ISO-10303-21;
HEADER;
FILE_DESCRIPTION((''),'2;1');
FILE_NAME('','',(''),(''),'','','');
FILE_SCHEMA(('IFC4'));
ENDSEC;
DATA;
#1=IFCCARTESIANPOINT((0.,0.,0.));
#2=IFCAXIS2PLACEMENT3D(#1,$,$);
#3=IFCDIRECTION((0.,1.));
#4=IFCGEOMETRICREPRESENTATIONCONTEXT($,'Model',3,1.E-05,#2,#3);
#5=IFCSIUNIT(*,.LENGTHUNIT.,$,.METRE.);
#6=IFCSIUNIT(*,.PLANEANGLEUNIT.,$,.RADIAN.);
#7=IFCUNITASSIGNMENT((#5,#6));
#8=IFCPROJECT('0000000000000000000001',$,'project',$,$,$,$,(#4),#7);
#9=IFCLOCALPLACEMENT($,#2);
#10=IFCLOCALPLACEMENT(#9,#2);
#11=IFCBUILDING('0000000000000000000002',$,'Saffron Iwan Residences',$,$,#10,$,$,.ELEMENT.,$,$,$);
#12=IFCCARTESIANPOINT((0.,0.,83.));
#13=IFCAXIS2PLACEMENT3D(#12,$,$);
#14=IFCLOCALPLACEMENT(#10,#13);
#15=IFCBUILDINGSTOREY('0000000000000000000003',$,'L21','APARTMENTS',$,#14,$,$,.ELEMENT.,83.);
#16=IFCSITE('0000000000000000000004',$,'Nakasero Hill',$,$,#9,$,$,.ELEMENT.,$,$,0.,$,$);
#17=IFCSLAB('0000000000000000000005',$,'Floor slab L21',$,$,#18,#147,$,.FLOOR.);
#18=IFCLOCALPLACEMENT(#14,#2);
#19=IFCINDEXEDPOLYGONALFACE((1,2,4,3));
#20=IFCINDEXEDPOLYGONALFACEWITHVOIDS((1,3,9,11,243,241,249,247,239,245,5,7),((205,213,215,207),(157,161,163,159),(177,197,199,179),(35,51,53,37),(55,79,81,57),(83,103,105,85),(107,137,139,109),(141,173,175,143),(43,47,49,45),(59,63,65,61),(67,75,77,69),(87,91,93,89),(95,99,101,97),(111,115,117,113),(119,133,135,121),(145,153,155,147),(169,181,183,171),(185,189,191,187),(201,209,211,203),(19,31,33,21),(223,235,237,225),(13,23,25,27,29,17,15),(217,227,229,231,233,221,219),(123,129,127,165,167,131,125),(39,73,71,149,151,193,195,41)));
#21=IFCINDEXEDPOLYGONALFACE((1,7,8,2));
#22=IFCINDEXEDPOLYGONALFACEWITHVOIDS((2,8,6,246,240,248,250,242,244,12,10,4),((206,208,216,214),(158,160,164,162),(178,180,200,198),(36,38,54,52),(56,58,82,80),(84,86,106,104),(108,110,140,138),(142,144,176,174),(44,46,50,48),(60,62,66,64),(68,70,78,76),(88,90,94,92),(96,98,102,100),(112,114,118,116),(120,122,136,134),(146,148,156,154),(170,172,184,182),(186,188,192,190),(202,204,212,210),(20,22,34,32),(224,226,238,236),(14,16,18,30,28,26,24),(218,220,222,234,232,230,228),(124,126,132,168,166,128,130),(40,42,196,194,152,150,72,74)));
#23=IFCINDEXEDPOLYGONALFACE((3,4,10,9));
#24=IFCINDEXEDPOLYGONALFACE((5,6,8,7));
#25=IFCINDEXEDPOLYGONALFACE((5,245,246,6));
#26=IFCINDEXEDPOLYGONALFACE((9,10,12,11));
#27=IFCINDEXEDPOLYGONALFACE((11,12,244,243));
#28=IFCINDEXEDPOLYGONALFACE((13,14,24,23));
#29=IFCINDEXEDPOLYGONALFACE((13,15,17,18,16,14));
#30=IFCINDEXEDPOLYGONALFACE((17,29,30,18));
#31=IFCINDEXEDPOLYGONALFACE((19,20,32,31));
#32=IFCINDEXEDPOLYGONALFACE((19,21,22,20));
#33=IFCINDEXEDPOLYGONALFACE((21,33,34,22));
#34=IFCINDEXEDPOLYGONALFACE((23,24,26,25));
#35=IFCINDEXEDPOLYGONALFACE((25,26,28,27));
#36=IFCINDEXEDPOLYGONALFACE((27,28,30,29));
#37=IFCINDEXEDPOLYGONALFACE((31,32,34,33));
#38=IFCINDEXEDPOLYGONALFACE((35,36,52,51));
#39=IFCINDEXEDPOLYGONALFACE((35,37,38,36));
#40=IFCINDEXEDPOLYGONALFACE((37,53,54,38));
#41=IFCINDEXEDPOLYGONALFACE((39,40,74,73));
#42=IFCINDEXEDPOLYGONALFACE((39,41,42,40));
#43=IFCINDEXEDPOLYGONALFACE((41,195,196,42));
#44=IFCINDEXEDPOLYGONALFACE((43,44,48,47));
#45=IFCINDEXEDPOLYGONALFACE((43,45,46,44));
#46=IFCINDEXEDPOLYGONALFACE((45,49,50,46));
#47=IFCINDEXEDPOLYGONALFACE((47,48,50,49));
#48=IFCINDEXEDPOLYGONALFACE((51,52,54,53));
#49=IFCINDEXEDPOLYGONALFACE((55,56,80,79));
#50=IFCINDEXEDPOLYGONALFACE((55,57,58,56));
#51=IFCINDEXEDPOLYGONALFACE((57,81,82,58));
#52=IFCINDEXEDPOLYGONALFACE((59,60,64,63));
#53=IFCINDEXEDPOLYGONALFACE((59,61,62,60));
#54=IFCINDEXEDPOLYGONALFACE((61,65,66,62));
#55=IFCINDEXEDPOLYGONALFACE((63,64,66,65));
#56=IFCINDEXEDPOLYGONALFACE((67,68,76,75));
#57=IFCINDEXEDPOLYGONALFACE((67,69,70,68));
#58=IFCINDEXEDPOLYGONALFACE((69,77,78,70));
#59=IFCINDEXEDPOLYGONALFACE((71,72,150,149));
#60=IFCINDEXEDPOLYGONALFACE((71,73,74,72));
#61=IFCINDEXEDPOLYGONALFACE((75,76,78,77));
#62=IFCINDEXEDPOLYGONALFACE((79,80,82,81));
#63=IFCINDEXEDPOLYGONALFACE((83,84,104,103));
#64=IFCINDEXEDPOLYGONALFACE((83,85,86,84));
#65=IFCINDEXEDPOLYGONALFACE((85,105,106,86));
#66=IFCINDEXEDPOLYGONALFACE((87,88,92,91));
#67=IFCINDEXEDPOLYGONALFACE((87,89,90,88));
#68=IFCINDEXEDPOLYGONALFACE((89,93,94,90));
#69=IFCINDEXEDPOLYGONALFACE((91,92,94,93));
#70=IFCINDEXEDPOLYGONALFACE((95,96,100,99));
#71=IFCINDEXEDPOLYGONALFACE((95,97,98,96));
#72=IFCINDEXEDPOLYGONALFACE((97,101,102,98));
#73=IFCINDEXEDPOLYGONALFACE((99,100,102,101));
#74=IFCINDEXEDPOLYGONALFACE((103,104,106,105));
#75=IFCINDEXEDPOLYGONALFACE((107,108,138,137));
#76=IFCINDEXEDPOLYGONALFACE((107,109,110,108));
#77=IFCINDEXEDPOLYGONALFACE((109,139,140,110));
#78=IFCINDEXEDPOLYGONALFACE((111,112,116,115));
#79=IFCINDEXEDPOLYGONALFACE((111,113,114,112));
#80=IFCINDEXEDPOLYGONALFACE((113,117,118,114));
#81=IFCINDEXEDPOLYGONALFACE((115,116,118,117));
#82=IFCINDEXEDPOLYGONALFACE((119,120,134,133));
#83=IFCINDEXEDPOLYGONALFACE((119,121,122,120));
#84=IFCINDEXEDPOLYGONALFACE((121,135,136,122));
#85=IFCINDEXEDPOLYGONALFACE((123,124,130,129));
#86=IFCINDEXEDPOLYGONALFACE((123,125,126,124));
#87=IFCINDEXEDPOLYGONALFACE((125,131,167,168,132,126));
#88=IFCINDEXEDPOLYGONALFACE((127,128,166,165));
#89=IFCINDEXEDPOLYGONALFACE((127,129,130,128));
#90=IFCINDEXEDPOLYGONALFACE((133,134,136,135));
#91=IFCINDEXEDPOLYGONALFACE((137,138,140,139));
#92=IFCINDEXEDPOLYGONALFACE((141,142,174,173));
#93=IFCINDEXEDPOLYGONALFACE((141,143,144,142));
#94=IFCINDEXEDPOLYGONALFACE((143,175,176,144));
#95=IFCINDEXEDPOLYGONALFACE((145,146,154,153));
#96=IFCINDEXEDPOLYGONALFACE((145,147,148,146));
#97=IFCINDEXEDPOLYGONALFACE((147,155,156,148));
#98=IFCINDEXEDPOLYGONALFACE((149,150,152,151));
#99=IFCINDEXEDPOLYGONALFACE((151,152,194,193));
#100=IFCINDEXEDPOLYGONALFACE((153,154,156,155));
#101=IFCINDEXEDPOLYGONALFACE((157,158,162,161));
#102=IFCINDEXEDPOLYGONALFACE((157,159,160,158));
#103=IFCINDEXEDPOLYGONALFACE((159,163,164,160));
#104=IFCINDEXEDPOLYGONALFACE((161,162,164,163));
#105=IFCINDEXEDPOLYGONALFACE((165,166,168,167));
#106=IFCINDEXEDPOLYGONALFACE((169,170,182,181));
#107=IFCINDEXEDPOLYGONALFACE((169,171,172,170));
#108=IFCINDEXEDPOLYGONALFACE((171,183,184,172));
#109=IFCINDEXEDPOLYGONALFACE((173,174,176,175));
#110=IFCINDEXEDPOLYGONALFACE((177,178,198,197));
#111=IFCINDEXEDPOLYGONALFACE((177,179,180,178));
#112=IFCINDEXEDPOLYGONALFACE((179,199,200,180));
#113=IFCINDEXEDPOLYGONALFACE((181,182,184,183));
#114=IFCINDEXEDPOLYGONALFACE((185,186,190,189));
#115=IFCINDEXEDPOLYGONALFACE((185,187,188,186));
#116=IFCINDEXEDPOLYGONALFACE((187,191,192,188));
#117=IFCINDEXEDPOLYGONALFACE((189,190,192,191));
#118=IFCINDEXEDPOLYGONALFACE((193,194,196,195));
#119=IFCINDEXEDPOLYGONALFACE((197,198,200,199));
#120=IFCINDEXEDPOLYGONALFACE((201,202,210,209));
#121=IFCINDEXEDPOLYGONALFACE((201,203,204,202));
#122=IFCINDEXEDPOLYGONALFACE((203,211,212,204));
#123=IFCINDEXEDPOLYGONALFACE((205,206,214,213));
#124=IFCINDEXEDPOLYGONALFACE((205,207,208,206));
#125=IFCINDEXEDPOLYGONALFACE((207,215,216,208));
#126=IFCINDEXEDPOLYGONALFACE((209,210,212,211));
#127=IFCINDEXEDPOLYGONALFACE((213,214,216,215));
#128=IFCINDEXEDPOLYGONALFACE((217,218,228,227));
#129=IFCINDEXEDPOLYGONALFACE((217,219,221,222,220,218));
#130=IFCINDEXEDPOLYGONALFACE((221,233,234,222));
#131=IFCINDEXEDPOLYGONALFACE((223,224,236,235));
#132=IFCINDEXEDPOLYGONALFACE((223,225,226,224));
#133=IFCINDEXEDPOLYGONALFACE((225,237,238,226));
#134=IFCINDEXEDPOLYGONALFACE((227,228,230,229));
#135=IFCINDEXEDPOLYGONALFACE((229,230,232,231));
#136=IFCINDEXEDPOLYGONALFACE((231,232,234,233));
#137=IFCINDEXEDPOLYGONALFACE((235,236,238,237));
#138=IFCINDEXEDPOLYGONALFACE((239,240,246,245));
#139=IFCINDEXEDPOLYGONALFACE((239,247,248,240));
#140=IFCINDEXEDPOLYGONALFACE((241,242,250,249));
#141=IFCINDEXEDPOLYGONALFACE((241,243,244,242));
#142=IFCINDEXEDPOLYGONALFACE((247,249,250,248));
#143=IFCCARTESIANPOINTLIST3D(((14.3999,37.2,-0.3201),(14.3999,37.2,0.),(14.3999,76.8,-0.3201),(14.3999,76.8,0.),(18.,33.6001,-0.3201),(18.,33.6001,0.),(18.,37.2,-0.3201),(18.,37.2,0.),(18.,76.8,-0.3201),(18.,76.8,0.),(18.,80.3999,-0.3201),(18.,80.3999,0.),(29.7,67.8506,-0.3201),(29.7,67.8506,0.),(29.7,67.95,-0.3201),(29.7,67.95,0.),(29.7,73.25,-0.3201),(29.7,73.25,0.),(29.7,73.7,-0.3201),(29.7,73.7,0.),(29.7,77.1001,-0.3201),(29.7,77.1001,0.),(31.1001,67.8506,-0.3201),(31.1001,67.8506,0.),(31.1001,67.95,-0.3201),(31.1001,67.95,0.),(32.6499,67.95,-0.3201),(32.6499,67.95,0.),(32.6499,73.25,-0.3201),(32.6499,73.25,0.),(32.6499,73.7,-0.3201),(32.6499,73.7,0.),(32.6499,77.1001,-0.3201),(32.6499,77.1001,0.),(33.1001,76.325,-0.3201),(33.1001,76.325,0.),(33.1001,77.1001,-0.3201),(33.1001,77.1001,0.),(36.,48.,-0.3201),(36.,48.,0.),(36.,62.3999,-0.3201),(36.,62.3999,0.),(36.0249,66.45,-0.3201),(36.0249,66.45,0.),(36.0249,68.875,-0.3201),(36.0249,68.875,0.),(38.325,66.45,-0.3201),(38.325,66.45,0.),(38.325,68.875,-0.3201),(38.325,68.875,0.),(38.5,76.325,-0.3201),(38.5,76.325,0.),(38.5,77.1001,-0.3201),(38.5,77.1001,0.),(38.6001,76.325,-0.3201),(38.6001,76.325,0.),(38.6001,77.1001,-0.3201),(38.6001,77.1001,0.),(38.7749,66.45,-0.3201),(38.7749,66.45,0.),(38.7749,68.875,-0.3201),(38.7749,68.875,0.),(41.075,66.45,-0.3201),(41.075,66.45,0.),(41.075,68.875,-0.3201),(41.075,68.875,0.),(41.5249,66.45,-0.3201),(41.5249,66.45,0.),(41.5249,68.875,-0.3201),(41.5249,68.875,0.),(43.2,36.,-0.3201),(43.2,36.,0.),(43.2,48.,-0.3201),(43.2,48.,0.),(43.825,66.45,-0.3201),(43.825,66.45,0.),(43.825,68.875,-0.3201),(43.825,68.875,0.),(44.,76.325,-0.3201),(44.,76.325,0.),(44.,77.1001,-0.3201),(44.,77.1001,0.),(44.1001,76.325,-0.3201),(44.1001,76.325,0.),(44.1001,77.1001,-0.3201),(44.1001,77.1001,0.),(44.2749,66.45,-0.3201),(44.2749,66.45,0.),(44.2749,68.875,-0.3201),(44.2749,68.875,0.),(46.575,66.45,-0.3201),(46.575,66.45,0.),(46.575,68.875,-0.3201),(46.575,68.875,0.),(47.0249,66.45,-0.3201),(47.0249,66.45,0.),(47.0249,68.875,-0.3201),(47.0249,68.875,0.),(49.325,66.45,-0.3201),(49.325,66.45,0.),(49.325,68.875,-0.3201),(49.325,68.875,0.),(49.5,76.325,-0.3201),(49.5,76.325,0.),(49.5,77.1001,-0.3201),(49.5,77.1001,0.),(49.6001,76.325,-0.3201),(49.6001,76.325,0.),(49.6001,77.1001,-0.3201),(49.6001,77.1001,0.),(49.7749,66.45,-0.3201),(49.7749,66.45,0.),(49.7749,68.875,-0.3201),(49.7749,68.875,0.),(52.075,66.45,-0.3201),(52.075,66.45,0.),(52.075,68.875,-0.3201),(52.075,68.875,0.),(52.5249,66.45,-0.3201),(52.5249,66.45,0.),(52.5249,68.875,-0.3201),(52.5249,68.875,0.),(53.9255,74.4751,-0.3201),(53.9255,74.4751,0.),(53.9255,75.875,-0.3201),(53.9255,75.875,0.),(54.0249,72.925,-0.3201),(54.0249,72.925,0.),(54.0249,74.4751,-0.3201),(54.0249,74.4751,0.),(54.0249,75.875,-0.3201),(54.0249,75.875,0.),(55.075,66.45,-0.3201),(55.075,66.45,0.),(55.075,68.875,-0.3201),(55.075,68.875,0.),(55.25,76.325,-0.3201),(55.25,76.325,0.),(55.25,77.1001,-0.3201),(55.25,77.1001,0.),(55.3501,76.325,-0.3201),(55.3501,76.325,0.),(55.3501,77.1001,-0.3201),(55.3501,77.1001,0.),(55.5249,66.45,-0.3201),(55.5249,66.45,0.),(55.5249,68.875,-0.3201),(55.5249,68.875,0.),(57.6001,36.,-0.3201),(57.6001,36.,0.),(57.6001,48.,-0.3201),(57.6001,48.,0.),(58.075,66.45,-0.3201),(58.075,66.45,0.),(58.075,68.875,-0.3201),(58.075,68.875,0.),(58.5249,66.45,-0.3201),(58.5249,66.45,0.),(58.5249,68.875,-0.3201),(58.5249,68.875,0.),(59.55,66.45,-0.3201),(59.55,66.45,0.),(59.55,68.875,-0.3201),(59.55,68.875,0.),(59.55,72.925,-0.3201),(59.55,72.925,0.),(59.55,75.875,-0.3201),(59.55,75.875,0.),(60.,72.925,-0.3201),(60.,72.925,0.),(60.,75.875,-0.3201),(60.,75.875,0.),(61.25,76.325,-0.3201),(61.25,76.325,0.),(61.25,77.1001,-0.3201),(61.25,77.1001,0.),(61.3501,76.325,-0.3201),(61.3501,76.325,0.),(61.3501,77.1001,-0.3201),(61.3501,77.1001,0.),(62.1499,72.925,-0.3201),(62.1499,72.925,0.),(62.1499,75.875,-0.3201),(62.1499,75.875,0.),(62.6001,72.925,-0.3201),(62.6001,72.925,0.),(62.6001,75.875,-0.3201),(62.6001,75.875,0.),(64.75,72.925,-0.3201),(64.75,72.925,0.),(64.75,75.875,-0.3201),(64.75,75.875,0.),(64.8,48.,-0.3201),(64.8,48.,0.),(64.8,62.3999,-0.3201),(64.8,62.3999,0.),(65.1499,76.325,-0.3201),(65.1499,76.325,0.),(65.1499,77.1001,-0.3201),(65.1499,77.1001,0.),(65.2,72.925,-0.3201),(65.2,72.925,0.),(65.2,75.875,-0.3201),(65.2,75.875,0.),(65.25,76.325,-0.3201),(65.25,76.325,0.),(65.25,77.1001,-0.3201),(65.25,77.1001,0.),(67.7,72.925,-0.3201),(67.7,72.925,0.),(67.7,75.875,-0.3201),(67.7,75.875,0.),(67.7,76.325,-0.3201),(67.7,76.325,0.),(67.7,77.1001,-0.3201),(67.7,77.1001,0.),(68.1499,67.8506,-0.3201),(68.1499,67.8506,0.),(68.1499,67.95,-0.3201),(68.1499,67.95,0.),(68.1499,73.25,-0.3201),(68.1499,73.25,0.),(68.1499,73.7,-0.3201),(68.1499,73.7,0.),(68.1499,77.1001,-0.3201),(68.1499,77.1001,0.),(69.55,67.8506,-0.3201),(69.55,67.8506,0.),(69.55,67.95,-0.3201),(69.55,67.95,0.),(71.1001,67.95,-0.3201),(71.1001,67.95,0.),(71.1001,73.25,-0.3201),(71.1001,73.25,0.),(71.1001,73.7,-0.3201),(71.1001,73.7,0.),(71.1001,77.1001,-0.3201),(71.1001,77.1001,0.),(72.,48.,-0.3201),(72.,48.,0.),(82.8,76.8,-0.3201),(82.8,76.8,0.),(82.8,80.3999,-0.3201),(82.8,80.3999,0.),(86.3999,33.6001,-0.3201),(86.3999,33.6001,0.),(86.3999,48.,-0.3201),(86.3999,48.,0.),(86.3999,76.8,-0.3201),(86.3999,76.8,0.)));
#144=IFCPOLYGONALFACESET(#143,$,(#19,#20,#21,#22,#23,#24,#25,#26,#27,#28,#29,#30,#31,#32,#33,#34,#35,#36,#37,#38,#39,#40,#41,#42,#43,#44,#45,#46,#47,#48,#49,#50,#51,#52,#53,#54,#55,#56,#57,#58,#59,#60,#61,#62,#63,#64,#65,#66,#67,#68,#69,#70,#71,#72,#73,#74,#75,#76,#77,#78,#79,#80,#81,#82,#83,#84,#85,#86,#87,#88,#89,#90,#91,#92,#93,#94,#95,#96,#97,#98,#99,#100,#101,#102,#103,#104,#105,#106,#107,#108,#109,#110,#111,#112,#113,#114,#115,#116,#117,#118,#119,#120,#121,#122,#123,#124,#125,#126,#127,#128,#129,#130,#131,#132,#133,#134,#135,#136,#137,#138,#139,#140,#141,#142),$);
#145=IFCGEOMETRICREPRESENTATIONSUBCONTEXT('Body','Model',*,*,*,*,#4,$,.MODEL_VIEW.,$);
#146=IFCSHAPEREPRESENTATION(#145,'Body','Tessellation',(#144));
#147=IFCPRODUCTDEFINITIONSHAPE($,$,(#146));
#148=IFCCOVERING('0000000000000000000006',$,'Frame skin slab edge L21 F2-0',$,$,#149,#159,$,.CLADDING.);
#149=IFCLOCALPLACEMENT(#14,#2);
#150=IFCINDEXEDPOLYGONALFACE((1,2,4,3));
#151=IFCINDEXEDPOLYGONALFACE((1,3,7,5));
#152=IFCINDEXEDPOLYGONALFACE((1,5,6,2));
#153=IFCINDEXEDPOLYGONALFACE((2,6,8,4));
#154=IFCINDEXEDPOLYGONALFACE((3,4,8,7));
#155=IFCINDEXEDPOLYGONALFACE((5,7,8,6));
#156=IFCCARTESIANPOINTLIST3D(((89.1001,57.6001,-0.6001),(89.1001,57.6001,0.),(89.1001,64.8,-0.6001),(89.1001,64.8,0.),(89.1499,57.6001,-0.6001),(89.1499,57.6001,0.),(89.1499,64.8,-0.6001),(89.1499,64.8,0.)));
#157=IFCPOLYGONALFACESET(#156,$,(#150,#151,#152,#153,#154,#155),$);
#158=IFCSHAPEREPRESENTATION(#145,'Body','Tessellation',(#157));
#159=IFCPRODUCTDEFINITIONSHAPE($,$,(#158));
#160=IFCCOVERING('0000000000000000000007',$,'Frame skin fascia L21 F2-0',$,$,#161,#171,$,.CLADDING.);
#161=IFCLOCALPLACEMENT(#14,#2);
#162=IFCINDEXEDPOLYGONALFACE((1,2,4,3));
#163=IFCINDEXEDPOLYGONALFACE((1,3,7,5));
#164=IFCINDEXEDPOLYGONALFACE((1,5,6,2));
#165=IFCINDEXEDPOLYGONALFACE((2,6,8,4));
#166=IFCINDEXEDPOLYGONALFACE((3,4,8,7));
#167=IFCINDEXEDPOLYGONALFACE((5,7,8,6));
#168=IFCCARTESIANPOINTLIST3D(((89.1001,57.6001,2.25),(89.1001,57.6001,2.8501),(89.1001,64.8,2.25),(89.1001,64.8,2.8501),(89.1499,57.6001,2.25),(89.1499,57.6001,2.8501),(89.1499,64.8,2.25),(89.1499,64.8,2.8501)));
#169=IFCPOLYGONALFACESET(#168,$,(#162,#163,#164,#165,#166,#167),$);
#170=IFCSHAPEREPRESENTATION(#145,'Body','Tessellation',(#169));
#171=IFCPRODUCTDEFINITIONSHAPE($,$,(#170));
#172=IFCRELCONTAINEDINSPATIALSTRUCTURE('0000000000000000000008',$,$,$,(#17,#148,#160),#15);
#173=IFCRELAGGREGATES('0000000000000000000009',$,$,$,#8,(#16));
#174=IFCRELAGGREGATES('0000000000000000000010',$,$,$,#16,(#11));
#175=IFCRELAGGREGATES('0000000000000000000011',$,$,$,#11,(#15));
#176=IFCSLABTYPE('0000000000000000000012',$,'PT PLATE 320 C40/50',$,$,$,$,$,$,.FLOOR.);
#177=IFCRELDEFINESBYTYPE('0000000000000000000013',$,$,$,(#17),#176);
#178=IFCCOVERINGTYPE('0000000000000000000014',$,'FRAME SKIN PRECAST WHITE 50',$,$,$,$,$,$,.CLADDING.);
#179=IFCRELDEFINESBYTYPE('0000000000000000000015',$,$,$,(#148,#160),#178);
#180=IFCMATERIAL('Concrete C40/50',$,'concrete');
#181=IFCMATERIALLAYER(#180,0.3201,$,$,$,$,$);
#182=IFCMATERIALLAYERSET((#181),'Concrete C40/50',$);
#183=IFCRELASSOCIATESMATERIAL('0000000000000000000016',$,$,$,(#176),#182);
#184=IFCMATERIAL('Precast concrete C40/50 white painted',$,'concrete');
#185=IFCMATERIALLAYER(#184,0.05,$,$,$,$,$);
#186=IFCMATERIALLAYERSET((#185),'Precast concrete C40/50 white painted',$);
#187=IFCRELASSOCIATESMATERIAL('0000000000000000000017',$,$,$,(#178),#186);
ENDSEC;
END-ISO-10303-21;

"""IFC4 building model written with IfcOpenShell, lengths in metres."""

from ifc_helpers import new_model, si_unit, direction, frame, origin, place, context, subcontext, project, spatial, polyline, outline, extrude, material, layer, layer_set, type_object, element, save


model = new_model("IFC4")

# Units and contexts
model_context = context("Model", 3, precision=1e-05, world=origin(), true_north=direction((0.0, 1.0)))
body_context = subcontext(model_context, "Body", "Model", "MODEL_VIEW")
ifc_project = project(units=[si_unit("LENGTHUNIT", "METRE"), si_unit("PLANEANGLEUNIT", "RADIAN")], contexts=[model_context])

# Site, building, storey
site_placement = place(None, origin())
site = spatial("IfcSite", under=ifc_project, at=site_placement, Name="Nakasero Hill", CompositionType="ELEMENT", RefElevation=0.0)
building_placement = place(site_placement, origin())
building = spatial("IfcBuilding", under=site, at=building_placement, Name="Saffron Iwan Residences", CompositionType="ELEMENT")
storey_placement = place(building_placement, frame((0.0, 0.0, 83.0)))
storey = spatial("IfcBuildingStorey", under=building, at=storey_placement, Name="L21", Description="APARTMENTS", CompositionType="ELEMENT", Elevation=83.0)

# Slab
ifc_material_1 = material(Name="Concrete C40/50", Category="concrete")
ifc_layer_1 = layer(ifc_material_1, 0.3201)
ifc_layer_set_1 = layer_set([ifc_layer_1], Name="Concrete C40/50")
slab_type_1 = type_object("IfcSlabType", Name="PT PLATE 320 C40/50", PredefinedType="FLOOR", material=ifc_layer_set_1)
slab_1_placement = place(storey_placement, frame((0.0, 0.0, -0.3201)))
element("IfcSlab", 1, at=slab_1_placement, inside=storey, type_object=slab_type_1, Name="Floor slab L21", PredefinedType="FLOOR", context=body_context, shape_type="SweptSolid", body=[
    extrude(outline(polyline([(14.3999, 37.2), (14.3999, 76.8), (18.0, 76.8), (18.0, 80.3999), (82.8, 80.3999), (82.8, 76.8), (86.3999, 76.8), (86.3999, 48.0), (72.0, 48.0), (86.3999, 33.6001), (18.0, 33.6001), (18.0, 37.2), (14.3999, 37.2)]), holes=[polyline([(64.8, 48.0), (64.8, 62.3999), (36.0, 62.3999), (36.0, 48.0), (43.2, 48.0), (43.2, 36.0), (57.6001, 36.0), (57.6001, 48.0), (64.8, 48.0)]), polyline([(38.325, 68.875), (36.0249, 68.875), (36.0249, 66.45), (38.325, 66.45), (38.325, 68.875)]), polyline([(41.075, 66.45), (41.075, 68.875), (38.7749, 68.875), (38.7749, 66.45), (41.075, 66.45)]), polyline([(43.825, 66.45), (43.825, 68.875), (41.5249, 68.875), (41.5249, 66.45), (43.825, 66.45)]), polyline([(46.575, 68.875), (44.2749, 68.875), (44.2749, 66.45), (46.575, 66.45), (46.575, 68.875)]), polyline([(49.325, 66.45), (49.325, 68.875), (47.0249, 68.875), (47.0249, 66.45), (49.325, 66.45)]), polyline([(52.075, 66.45), (52.075, 68.875), (49.7749, 68.875), (49.7749, 66.45), (52.075, 66.45)]), polyline([(29.7, 73.25), (29.7, 67.95), (29.7, 67.8506), (31.1001, 67.8506), (31.1001, 67.95), (32.6499, 67.95), (32.6499, 73.25), (29.7, 73.25)]), polyline([(32.6499, 73.7), (32.6499, 77.1001), (29.7, 77.1001), (29.7, 73.7), (32.6499, 73.7)]), polyline([(38.5, 76.325), (38.5, 77.1001), (33.1001, 77.1001), (33.1001, 76.325), (38.5, 76.325)]), polyline([(44.0, 77.1001), (38.6001, 77.1001), (38.6001, 76.325), (44.0, 76.325), (44.0, 77.1001)]), polyline([(49.5, 76.325), (49.5, 77.1001), (44.1001, 77.1001), (44.1001, 76.325), (49.5, 76.325)]), polyline([(55.25, 76.325), (55.25, 77.1001), (49.6001, 77.1001), (49.6001, 76.325), (55.25, 76.325)]), polyline([(55.075, 68.875), (52.5249, 68.875), (52.5249, 66.45), (55.075, 66.45), (55.075, 68.875)]), polyline([(58.075, 66.45), (58.075, 68.875), (55.5249, 68.875), (55.5249, 66.45), (58.075, 66.45)]), polyline([(59.55, 66.45), (59.55, 68.875), (58.5249, 68.875), (58.5249, 66.45), (59.55, 66.45)]), polyline([(68.1499, 73.25), (68.1499, 67.95), (68.1499, 67.8506), (69.55, 67.8506), (69.55, 67.95), (71.1001, 67.95), (71.1001, 73.25), (68.1499, 73.25)]), polyline([(53.9255, 74.4751), (54.0249, 74.4751), (54.0249, 72.925), (59.55, 72.925), (59.55, 75.875), (54.0249, 75.875), (53.9255, 75.875), (53.9255, 74.4751)]), polyline([(62.1499, 72.925), (62.1499, 75.875), (60.0, 75.875), (60.0, 72.925), (62.1499, 72.925)]), polyline([(64.75, 75.875), (62.6001, 75.875), (62.6001, 72.925), (64.75, 72.925), (64.75, 75.875)]), polyline([(67.7, 72.925), (67.7, 75.875), (65.2, 75.875), (65.2, 72.925), (67.7, 72.925)]), polyline([(71.1001, 73.7), (71.1001, 77.1001), (68.1499, 77.1001), (68.1499, 73.7), (71.1001, 73.7)]), polyline([(61.25, 77.1001), (55.3501, 77.1001), (55.3501, 76.325), (61.25, 76.325), (61.25, 77.1001)]), polyline([(65.1499, 76.325), (65.1499, 77.1001), (61.3501, 77.1001), (61.3501, 76.325), (65.1499, 76.325)]), polyline([(67.7, 76.325), (67.7, 77.1001), (65.25, 77.1001), (65.25, 76.325), (67.7, 76.325)])]), origin(), (0.0, 0.0, 1.0), 0.3201),
])

# Coverings
ifc_material_2 = material(Name="Precast concrete C40/50 white painted", Category="concrete")
ifc_layer_2 = layer(ifc_material_2, 0.05)
ifc_layer_set_2 = layer_set([ifc_layer_2], Name="Precast concrete C40/50 white painted")
covering_type_1 = type_object("IfcCoveringType", Name="FRAME SKIN PRECAST WHITE 50", PredefinedType="CLADDING", material=ifc_layer_set_2)
for number, where, name in (
    (2, (0.0, 0.0, -0.6001), "Frame skin slab edge L21 F2-0"),
    (3, (0.0, 0.0, 2.25), "Frame skin fascia L21 F2-0"),
):
    element("IfcCovering", number, at=place(storey_placement, frame(where)), inside=storey, type_object=covering_type_1, Name=name, PredefinedType="CLADDING", context=body_context, shape_type="SweptSolid", body=[
        extrude(outline(polyline([(89.1499, 57.6001), (89.1499, 64.8), (89.1001, 64.8), (89.1001, 57.6001), (89.1499, 57.6001)])), origin(), (0.0, 0.0, 1.0), 0.6001),
    ])

save(model, "model.ifc")
